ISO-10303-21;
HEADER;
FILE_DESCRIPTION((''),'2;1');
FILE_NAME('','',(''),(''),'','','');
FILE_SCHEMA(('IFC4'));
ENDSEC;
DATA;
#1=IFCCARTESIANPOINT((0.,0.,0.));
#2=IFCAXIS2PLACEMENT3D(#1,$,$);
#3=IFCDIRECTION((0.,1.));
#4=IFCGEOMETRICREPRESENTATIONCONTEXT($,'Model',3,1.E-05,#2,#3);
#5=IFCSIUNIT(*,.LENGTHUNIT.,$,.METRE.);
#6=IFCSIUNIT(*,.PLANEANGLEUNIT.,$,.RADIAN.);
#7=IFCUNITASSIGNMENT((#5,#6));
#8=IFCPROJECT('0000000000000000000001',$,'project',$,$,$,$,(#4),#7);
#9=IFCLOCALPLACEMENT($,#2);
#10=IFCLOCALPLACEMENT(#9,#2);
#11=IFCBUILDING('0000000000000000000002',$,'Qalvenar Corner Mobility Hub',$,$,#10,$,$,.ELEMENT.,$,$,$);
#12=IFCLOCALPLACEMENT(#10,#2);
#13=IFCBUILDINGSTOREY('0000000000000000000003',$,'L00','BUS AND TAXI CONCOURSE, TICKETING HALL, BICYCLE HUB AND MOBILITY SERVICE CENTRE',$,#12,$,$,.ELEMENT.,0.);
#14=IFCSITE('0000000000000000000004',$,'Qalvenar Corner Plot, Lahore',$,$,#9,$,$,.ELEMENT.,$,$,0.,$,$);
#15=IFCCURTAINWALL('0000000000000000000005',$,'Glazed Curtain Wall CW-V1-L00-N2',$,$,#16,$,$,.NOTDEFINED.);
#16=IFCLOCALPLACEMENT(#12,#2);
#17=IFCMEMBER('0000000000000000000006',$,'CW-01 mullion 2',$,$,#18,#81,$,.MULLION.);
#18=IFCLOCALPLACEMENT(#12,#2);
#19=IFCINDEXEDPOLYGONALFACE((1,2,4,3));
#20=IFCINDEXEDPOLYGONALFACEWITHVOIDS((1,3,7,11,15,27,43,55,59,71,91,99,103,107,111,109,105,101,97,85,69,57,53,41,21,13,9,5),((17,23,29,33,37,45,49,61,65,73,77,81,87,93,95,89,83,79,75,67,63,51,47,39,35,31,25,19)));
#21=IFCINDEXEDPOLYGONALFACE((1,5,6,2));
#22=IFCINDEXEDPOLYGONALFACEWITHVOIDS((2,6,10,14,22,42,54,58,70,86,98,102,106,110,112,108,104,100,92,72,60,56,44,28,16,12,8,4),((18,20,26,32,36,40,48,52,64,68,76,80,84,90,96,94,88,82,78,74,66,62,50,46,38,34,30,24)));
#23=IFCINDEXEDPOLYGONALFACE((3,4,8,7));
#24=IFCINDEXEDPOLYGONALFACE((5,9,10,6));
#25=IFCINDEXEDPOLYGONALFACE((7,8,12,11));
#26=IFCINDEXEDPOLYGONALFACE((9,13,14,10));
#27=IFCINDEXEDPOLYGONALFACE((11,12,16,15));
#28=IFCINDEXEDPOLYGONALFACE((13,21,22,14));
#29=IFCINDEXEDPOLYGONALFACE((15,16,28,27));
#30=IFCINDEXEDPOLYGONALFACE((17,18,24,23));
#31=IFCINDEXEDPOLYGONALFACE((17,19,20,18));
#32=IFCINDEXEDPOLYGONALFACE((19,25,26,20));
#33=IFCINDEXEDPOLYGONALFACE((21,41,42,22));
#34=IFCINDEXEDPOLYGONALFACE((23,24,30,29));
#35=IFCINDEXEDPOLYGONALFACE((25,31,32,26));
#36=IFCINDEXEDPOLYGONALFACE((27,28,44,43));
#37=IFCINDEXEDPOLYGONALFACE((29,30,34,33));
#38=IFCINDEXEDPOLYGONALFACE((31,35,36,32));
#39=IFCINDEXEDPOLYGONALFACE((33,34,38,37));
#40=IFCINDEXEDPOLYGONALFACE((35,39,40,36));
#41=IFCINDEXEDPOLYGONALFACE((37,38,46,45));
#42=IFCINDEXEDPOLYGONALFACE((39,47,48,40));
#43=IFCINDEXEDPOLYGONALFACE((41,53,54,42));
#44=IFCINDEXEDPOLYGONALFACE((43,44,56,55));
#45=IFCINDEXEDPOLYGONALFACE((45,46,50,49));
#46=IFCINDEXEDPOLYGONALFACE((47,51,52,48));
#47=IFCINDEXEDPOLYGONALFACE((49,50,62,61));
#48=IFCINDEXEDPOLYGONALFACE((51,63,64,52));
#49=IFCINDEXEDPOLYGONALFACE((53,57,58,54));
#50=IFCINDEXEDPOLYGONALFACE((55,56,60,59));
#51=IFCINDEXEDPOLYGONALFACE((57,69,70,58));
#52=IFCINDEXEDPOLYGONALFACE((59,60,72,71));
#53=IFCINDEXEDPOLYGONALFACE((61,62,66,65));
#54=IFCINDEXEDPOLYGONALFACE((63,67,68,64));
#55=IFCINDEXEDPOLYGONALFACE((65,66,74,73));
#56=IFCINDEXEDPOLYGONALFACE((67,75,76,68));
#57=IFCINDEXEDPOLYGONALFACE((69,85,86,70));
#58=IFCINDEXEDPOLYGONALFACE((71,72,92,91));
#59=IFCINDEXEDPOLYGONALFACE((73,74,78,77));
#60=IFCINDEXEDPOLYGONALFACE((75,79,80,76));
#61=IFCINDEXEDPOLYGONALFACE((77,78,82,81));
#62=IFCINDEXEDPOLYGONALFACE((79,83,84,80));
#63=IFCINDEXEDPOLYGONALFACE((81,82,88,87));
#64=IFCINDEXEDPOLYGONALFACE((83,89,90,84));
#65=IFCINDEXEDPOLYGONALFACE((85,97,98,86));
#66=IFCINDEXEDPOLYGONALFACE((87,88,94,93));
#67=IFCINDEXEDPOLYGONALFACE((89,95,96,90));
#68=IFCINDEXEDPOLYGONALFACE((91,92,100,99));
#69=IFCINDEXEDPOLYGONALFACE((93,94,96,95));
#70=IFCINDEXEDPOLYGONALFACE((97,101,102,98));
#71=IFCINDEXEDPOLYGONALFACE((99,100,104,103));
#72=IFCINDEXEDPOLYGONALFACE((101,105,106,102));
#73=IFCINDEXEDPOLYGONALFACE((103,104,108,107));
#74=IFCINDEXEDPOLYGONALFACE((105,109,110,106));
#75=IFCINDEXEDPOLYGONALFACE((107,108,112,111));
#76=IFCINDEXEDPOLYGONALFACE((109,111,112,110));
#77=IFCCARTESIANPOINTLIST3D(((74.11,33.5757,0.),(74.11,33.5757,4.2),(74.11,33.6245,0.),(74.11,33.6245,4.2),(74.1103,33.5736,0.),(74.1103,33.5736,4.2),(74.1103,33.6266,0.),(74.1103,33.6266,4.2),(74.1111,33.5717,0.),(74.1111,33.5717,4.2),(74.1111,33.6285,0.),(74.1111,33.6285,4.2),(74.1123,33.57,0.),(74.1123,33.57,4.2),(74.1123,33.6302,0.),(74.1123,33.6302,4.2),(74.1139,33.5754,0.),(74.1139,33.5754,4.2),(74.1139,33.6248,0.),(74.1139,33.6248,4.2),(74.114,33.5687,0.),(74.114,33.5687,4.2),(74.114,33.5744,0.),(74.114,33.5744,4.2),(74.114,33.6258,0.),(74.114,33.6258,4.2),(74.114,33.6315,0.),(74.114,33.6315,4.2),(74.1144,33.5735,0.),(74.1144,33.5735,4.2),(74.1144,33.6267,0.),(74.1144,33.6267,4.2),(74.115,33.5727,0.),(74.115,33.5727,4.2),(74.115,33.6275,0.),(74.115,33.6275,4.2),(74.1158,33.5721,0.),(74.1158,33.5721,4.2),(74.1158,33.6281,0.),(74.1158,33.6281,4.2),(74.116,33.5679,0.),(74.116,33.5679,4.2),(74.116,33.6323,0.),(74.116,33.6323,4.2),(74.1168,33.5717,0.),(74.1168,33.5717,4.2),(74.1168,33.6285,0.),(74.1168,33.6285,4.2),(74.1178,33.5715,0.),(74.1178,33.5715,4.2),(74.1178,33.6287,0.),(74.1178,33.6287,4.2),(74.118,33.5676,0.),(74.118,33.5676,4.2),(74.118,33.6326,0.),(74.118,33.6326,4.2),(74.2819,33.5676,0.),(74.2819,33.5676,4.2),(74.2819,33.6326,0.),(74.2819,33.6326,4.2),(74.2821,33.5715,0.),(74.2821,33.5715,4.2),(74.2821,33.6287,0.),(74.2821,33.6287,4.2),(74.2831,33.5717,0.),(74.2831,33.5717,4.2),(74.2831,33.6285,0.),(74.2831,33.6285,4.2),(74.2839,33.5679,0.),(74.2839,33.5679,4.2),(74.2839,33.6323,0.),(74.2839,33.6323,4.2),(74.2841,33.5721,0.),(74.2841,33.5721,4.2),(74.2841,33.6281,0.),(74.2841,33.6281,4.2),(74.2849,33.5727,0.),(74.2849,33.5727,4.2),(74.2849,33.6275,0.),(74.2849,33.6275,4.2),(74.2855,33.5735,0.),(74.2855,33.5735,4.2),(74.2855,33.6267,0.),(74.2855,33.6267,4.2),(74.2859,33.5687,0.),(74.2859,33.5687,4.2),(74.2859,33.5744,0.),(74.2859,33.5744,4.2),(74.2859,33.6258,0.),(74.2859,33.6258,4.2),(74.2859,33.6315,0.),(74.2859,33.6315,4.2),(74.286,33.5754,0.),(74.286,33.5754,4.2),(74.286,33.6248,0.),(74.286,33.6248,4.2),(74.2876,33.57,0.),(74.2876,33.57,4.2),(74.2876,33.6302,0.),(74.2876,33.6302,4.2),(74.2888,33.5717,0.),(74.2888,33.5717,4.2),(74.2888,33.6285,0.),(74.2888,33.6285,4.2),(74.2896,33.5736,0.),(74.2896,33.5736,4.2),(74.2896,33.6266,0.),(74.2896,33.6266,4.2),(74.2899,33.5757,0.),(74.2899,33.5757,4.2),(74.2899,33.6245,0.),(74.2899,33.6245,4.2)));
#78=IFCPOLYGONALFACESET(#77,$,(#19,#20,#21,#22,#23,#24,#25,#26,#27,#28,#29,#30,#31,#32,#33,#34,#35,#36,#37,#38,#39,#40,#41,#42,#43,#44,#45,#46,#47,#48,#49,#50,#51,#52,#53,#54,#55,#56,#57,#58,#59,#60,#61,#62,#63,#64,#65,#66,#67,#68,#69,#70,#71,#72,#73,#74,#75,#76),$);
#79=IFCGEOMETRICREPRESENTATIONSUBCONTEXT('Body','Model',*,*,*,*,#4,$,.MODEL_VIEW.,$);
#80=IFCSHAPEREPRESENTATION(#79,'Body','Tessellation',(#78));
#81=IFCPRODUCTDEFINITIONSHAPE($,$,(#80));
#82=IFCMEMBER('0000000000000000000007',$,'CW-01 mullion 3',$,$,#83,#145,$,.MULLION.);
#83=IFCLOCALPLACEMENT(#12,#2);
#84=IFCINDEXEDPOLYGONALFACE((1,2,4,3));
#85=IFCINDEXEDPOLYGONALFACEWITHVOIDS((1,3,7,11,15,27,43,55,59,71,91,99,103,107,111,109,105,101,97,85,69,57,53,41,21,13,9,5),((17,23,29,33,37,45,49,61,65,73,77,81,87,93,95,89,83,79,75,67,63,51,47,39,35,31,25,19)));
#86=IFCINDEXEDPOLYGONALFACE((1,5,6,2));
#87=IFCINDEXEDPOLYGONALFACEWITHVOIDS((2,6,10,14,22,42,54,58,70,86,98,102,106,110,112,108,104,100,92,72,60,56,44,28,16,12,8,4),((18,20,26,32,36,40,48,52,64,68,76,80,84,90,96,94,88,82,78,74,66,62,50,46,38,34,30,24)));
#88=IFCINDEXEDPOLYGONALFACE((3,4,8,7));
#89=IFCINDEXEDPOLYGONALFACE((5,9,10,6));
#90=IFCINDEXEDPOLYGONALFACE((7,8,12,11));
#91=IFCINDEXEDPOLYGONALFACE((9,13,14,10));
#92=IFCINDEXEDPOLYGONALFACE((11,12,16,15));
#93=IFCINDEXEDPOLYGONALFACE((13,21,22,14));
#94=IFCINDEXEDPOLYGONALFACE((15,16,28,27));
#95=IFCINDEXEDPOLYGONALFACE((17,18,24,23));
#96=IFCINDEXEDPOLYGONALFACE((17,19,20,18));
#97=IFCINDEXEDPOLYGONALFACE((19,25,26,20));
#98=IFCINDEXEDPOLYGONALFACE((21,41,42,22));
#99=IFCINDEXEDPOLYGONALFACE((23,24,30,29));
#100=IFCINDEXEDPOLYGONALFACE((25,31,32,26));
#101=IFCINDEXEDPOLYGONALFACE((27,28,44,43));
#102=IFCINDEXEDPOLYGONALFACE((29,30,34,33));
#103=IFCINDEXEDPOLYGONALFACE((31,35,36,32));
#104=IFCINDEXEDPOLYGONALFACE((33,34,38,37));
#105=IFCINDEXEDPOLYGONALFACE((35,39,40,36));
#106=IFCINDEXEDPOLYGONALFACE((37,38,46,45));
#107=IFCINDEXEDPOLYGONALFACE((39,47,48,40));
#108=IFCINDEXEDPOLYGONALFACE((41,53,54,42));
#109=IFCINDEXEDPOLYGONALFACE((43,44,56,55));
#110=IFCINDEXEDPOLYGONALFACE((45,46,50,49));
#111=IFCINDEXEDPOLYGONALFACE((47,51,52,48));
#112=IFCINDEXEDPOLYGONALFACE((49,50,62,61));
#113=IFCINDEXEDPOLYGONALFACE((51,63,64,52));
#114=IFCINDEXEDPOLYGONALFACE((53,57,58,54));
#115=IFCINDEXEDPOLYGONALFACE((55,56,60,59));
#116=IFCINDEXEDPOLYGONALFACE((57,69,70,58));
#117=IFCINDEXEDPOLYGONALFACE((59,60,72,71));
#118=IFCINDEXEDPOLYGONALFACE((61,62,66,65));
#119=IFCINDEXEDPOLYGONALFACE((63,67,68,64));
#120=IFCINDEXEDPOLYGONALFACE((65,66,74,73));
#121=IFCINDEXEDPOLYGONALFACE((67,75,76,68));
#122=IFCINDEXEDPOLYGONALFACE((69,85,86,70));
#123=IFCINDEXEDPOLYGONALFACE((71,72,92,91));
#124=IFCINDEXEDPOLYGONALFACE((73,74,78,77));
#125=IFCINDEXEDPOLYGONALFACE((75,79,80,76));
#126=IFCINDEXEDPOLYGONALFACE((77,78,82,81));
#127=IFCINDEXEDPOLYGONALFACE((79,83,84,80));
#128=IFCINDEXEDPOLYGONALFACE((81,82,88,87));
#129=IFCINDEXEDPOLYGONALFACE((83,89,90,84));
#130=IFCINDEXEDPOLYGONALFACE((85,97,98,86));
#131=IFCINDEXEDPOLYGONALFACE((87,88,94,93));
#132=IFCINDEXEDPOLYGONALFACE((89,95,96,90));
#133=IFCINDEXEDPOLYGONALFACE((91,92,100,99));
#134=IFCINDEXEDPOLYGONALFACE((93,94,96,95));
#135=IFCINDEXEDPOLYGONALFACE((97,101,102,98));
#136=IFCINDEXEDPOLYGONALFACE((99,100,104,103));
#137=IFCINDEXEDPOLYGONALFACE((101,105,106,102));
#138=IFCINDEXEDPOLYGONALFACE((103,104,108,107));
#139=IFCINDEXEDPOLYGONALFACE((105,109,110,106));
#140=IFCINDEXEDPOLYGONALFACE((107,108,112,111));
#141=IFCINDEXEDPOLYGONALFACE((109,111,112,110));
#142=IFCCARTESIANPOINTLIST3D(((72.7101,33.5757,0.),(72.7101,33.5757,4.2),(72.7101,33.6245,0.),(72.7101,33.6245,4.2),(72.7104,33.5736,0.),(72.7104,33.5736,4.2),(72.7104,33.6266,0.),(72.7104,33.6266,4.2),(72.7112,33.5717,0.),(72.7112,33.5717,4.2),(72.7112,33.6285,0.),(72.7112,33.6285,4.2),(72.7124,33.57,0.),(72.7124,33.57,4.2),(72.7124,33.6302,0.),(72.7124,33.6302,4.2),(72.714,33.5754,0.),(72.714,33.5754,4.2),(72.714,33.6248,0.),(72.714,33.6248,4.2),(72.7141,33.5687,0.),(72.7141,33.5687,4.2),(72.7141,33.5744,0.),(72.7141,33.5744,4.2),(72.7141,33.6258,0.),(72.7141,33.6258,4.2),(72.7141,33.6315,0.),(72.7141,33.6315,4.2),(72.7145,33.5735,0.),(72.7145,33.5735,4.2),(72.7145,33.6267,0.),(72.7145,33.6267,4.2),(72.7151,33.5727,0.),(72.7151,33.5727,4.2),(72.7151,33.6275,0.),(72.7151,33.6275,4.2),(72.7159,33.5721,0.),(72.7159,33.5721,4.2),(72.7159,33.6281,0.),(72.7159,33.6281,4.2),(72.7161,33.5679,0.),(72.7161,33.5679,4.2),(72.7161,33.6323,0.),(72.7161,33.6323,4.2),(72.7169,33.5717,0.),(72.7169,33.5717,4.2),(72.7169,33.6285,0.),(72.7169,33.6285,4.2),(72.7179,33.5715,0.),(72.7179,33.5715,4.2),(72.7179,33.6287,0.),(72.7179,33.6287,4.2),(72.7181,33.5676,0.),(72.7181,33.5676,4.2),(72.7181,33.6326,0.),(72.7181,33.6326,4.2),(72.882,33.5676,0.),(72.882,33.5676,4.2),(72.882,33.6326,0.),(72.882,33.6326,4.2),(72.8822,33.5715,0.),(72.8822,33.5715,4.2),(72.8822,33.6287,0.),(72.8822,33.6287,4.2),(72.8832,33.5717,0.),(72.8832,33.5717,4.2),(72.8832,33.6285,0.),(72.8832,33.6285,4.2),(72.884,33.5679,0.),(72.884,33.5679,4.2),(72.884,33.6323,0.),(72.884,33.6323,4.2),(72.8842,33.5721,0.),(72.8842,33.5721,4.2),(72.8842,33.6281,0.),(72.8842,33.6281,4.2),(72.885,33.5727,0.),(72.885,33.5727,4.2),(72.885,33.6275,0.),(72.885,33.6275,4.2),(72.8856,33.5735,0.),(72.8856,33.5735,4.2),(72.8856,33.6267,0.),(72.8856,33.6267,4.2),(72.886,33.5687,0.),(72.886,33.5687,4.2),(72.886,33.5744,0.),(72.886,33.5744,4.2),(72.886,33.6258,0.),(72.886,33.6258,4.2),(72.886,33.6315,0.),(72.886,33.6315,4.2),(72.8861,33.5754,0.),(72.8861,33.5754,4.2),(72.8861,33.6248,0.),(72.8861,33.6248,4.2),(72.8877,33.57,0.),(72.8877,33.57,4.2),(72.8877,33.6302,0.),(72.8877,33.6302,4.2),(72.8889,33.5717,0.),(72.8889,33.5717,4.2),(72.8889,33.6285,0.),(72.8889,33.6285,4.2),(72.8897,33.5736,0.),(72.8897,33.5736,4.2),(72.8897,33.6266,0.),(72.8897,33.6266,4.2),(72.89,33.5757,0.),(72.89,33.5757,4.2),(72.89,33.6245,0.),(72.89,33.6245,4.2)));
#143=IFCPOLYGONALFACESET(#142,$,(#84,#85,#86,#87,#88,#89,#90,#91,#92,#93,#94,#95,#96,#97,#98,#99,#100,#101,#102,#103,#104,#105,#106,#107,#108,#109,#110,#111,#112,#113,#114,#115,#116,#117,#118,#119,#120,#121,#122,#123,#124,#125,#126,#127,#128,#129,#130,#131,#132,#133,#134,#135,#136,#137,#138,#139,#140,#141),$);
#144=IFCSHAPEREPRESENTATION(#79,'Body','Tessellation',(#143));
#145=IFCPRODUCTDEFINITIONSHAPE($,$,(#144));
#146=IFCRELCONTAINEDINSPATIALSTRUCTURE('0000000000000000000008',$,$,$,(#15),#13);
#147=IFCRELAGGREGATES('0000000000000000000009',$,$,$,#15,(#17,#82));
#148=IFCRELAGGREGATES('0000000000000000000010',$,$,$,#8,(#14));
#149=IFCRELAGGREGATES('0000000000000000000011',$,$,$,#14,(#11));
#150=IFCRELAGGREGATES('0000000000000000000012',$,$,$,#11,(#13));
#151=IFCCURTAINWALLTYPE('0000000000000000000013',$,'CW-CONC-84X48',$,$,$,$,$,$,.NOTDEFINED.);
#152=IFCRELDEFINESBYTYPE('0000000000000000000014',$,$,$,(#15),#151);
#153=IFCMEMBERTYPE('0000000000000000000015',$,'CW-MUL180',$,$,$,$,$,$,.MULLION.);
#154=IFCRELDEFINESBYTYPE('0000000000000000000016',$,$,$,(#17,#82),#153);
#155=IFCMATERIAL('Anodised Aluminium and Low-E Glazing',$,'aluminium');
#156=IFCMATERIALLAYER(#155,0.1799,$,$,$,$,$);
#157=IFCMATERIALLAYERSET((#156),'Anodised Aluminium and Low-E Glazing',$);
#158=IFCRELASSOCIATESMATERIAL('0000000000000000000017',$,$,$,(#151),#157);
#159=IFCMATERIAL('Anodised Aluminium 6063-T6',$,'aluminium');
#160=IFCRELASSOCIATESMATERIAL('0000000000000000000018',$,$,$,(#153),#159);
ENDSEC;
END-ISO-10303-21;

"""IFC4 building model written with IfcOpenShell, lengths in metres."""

from ifc_helpers import new_model, si_unit, direction, frame, origin, origin_2d, place, context, subcontext, project, spatial, hollow_rectangle, extrude, material, layer, layer_set, material_profile, profile_set, type_object, element, aggregate, save


model = new_model("IFC4")

# Units and contexts
model_context = context("Model", 3, precision=1e-05, world=origin(), true_north=direction((0.0, 1.0)))
body_context = subcontext(model_context, "Body", "Model", "MODEL_VIEW")
ifc_project = project(units=[si_unit("LENGTHUNIT", "METRE"), si_unit("PLANEANGLEUNIT", "RADIAN")], contexts=[model_context])

# Site, building, storey
site_placement = place(None, origin())
site = spatial("IfcSite", under=ifc_project, at=site_placement, Name="Qalvenar Corner Plot, Lahore", CompositionType="ELEMENT", RefElevation=0.0)
building_placement = place(site_placement, origin())
building = spatial("IfcBuilding", under=site, at=building_placement, Name="Qalvenar Corner Mobility Hub", CompositionType="ELEMENT")
storey_placement = place(building_placement, origin())
storey = spatial("IfcBuildingStorey", under=building, at=storey_placement, Name="L00", Description="BUS AND TAXI CONCOURSE, TICKETING HALL, BICYCLE HUB AND MOBILITY SERVICE CENTRE", CompositionType="ELEMENT", Elevation=0.0)

# Curtain wall, members
ifc_material_1 = material(Name="Anodised Aluminium and Low-E Glazing", Category="aluminium")
ifc_layer_1 = layer(ifc_material_1, 0.1799)
ifc_layer_set_1 = layer_set([ifc_layer_1], Name="Anodised Aluminium and Low-E Glazing")
curtain_wall_type = type_object("IfcCurtainWallType", Name="CW-CONC-84X48", PredefinedType="NOTDEFINED", material=ifc_layer_set_1)
curtain_wall_placement = place(storey_placement, origin())
curtain_wall = element("IfcCurtainWall", 1, at=curtain_wall_placement, inside=storey, type_object=curtain_wall_type, Name="Glazed Curtain Wall CW-V1-L00-N2", PredefinedType="NOTDEFINED")
ifc_material_2 = material(Name="Anodised Aluminium 6063-T6", Category="aluminium")
ifc_material_profile_1 = material_profile(ifc_material_2, hollow_rectangle(XDim=0.0649, YDim=0.1799, WallThickness=0.0039, InnerFilletRadius=0.0039, OuterFilletRadius=0.0081, at=origin_2d()), Name="RHS180x65x4")
ifc_profile_set_1 = profile_set([ifc_material_profile_1], Name="Anodised Aluminium 6063-T6")
member_type_1 = type_object("IfcMemberType", Name="CW-MUL180", PredefinedType="MULLION", material=ifc_profile_set_1)
member_1_placement = place(storey_placement, frame((74.2, 33.6001, 0.0), z_axis=(0.0, 0.0, 1.0), x_axis=(0.0, -1.0, 0.0)))
member_1 = element("IfcMember", 2, at=member_1_placement, type_object=member_type_1, Name="CW-01 mullion 2", PredefinedType="MULLION", context=body_context, shape_type="SweptSolid", body=[
    extrude(hollow_rectangle(XDim=0.0649, YDim=0.1799, WallThickness=0.0039, InnerFilletRadius=0.0039, OuterFilletRadius=0.0081, at=origin_2d()), origin(), (0.0, 0.0, 1.0), 4.2),
])
member_2_placement = place(storey_placement, frame((72.8, 33.6001, 0.0), z_axis=(0.0, 0.0, 1.0), x_axis=(0.0, -1.0, 0.0)))
member_2 = element("IfcMember", 3, at=member_2_placement, type_object=member_type_1, Name="CW-01 mullion 3", PredefinedType="MULLION", context=body_context, shape_type="SweptSolid", body=[
    extrude(hollow_rectangle(XDim=0.0649, YDim=0.1799, WallThickness=0.0039, InnerFilletRadius=0.0039, OuterFilletRadius=0.0081, at=origin_2d()), origin(), (0.0, 0.0, 1.0), 4.2),
])
aggregate(curtain_wall, [member_1, member_2])

save(model, "model.ifc")
